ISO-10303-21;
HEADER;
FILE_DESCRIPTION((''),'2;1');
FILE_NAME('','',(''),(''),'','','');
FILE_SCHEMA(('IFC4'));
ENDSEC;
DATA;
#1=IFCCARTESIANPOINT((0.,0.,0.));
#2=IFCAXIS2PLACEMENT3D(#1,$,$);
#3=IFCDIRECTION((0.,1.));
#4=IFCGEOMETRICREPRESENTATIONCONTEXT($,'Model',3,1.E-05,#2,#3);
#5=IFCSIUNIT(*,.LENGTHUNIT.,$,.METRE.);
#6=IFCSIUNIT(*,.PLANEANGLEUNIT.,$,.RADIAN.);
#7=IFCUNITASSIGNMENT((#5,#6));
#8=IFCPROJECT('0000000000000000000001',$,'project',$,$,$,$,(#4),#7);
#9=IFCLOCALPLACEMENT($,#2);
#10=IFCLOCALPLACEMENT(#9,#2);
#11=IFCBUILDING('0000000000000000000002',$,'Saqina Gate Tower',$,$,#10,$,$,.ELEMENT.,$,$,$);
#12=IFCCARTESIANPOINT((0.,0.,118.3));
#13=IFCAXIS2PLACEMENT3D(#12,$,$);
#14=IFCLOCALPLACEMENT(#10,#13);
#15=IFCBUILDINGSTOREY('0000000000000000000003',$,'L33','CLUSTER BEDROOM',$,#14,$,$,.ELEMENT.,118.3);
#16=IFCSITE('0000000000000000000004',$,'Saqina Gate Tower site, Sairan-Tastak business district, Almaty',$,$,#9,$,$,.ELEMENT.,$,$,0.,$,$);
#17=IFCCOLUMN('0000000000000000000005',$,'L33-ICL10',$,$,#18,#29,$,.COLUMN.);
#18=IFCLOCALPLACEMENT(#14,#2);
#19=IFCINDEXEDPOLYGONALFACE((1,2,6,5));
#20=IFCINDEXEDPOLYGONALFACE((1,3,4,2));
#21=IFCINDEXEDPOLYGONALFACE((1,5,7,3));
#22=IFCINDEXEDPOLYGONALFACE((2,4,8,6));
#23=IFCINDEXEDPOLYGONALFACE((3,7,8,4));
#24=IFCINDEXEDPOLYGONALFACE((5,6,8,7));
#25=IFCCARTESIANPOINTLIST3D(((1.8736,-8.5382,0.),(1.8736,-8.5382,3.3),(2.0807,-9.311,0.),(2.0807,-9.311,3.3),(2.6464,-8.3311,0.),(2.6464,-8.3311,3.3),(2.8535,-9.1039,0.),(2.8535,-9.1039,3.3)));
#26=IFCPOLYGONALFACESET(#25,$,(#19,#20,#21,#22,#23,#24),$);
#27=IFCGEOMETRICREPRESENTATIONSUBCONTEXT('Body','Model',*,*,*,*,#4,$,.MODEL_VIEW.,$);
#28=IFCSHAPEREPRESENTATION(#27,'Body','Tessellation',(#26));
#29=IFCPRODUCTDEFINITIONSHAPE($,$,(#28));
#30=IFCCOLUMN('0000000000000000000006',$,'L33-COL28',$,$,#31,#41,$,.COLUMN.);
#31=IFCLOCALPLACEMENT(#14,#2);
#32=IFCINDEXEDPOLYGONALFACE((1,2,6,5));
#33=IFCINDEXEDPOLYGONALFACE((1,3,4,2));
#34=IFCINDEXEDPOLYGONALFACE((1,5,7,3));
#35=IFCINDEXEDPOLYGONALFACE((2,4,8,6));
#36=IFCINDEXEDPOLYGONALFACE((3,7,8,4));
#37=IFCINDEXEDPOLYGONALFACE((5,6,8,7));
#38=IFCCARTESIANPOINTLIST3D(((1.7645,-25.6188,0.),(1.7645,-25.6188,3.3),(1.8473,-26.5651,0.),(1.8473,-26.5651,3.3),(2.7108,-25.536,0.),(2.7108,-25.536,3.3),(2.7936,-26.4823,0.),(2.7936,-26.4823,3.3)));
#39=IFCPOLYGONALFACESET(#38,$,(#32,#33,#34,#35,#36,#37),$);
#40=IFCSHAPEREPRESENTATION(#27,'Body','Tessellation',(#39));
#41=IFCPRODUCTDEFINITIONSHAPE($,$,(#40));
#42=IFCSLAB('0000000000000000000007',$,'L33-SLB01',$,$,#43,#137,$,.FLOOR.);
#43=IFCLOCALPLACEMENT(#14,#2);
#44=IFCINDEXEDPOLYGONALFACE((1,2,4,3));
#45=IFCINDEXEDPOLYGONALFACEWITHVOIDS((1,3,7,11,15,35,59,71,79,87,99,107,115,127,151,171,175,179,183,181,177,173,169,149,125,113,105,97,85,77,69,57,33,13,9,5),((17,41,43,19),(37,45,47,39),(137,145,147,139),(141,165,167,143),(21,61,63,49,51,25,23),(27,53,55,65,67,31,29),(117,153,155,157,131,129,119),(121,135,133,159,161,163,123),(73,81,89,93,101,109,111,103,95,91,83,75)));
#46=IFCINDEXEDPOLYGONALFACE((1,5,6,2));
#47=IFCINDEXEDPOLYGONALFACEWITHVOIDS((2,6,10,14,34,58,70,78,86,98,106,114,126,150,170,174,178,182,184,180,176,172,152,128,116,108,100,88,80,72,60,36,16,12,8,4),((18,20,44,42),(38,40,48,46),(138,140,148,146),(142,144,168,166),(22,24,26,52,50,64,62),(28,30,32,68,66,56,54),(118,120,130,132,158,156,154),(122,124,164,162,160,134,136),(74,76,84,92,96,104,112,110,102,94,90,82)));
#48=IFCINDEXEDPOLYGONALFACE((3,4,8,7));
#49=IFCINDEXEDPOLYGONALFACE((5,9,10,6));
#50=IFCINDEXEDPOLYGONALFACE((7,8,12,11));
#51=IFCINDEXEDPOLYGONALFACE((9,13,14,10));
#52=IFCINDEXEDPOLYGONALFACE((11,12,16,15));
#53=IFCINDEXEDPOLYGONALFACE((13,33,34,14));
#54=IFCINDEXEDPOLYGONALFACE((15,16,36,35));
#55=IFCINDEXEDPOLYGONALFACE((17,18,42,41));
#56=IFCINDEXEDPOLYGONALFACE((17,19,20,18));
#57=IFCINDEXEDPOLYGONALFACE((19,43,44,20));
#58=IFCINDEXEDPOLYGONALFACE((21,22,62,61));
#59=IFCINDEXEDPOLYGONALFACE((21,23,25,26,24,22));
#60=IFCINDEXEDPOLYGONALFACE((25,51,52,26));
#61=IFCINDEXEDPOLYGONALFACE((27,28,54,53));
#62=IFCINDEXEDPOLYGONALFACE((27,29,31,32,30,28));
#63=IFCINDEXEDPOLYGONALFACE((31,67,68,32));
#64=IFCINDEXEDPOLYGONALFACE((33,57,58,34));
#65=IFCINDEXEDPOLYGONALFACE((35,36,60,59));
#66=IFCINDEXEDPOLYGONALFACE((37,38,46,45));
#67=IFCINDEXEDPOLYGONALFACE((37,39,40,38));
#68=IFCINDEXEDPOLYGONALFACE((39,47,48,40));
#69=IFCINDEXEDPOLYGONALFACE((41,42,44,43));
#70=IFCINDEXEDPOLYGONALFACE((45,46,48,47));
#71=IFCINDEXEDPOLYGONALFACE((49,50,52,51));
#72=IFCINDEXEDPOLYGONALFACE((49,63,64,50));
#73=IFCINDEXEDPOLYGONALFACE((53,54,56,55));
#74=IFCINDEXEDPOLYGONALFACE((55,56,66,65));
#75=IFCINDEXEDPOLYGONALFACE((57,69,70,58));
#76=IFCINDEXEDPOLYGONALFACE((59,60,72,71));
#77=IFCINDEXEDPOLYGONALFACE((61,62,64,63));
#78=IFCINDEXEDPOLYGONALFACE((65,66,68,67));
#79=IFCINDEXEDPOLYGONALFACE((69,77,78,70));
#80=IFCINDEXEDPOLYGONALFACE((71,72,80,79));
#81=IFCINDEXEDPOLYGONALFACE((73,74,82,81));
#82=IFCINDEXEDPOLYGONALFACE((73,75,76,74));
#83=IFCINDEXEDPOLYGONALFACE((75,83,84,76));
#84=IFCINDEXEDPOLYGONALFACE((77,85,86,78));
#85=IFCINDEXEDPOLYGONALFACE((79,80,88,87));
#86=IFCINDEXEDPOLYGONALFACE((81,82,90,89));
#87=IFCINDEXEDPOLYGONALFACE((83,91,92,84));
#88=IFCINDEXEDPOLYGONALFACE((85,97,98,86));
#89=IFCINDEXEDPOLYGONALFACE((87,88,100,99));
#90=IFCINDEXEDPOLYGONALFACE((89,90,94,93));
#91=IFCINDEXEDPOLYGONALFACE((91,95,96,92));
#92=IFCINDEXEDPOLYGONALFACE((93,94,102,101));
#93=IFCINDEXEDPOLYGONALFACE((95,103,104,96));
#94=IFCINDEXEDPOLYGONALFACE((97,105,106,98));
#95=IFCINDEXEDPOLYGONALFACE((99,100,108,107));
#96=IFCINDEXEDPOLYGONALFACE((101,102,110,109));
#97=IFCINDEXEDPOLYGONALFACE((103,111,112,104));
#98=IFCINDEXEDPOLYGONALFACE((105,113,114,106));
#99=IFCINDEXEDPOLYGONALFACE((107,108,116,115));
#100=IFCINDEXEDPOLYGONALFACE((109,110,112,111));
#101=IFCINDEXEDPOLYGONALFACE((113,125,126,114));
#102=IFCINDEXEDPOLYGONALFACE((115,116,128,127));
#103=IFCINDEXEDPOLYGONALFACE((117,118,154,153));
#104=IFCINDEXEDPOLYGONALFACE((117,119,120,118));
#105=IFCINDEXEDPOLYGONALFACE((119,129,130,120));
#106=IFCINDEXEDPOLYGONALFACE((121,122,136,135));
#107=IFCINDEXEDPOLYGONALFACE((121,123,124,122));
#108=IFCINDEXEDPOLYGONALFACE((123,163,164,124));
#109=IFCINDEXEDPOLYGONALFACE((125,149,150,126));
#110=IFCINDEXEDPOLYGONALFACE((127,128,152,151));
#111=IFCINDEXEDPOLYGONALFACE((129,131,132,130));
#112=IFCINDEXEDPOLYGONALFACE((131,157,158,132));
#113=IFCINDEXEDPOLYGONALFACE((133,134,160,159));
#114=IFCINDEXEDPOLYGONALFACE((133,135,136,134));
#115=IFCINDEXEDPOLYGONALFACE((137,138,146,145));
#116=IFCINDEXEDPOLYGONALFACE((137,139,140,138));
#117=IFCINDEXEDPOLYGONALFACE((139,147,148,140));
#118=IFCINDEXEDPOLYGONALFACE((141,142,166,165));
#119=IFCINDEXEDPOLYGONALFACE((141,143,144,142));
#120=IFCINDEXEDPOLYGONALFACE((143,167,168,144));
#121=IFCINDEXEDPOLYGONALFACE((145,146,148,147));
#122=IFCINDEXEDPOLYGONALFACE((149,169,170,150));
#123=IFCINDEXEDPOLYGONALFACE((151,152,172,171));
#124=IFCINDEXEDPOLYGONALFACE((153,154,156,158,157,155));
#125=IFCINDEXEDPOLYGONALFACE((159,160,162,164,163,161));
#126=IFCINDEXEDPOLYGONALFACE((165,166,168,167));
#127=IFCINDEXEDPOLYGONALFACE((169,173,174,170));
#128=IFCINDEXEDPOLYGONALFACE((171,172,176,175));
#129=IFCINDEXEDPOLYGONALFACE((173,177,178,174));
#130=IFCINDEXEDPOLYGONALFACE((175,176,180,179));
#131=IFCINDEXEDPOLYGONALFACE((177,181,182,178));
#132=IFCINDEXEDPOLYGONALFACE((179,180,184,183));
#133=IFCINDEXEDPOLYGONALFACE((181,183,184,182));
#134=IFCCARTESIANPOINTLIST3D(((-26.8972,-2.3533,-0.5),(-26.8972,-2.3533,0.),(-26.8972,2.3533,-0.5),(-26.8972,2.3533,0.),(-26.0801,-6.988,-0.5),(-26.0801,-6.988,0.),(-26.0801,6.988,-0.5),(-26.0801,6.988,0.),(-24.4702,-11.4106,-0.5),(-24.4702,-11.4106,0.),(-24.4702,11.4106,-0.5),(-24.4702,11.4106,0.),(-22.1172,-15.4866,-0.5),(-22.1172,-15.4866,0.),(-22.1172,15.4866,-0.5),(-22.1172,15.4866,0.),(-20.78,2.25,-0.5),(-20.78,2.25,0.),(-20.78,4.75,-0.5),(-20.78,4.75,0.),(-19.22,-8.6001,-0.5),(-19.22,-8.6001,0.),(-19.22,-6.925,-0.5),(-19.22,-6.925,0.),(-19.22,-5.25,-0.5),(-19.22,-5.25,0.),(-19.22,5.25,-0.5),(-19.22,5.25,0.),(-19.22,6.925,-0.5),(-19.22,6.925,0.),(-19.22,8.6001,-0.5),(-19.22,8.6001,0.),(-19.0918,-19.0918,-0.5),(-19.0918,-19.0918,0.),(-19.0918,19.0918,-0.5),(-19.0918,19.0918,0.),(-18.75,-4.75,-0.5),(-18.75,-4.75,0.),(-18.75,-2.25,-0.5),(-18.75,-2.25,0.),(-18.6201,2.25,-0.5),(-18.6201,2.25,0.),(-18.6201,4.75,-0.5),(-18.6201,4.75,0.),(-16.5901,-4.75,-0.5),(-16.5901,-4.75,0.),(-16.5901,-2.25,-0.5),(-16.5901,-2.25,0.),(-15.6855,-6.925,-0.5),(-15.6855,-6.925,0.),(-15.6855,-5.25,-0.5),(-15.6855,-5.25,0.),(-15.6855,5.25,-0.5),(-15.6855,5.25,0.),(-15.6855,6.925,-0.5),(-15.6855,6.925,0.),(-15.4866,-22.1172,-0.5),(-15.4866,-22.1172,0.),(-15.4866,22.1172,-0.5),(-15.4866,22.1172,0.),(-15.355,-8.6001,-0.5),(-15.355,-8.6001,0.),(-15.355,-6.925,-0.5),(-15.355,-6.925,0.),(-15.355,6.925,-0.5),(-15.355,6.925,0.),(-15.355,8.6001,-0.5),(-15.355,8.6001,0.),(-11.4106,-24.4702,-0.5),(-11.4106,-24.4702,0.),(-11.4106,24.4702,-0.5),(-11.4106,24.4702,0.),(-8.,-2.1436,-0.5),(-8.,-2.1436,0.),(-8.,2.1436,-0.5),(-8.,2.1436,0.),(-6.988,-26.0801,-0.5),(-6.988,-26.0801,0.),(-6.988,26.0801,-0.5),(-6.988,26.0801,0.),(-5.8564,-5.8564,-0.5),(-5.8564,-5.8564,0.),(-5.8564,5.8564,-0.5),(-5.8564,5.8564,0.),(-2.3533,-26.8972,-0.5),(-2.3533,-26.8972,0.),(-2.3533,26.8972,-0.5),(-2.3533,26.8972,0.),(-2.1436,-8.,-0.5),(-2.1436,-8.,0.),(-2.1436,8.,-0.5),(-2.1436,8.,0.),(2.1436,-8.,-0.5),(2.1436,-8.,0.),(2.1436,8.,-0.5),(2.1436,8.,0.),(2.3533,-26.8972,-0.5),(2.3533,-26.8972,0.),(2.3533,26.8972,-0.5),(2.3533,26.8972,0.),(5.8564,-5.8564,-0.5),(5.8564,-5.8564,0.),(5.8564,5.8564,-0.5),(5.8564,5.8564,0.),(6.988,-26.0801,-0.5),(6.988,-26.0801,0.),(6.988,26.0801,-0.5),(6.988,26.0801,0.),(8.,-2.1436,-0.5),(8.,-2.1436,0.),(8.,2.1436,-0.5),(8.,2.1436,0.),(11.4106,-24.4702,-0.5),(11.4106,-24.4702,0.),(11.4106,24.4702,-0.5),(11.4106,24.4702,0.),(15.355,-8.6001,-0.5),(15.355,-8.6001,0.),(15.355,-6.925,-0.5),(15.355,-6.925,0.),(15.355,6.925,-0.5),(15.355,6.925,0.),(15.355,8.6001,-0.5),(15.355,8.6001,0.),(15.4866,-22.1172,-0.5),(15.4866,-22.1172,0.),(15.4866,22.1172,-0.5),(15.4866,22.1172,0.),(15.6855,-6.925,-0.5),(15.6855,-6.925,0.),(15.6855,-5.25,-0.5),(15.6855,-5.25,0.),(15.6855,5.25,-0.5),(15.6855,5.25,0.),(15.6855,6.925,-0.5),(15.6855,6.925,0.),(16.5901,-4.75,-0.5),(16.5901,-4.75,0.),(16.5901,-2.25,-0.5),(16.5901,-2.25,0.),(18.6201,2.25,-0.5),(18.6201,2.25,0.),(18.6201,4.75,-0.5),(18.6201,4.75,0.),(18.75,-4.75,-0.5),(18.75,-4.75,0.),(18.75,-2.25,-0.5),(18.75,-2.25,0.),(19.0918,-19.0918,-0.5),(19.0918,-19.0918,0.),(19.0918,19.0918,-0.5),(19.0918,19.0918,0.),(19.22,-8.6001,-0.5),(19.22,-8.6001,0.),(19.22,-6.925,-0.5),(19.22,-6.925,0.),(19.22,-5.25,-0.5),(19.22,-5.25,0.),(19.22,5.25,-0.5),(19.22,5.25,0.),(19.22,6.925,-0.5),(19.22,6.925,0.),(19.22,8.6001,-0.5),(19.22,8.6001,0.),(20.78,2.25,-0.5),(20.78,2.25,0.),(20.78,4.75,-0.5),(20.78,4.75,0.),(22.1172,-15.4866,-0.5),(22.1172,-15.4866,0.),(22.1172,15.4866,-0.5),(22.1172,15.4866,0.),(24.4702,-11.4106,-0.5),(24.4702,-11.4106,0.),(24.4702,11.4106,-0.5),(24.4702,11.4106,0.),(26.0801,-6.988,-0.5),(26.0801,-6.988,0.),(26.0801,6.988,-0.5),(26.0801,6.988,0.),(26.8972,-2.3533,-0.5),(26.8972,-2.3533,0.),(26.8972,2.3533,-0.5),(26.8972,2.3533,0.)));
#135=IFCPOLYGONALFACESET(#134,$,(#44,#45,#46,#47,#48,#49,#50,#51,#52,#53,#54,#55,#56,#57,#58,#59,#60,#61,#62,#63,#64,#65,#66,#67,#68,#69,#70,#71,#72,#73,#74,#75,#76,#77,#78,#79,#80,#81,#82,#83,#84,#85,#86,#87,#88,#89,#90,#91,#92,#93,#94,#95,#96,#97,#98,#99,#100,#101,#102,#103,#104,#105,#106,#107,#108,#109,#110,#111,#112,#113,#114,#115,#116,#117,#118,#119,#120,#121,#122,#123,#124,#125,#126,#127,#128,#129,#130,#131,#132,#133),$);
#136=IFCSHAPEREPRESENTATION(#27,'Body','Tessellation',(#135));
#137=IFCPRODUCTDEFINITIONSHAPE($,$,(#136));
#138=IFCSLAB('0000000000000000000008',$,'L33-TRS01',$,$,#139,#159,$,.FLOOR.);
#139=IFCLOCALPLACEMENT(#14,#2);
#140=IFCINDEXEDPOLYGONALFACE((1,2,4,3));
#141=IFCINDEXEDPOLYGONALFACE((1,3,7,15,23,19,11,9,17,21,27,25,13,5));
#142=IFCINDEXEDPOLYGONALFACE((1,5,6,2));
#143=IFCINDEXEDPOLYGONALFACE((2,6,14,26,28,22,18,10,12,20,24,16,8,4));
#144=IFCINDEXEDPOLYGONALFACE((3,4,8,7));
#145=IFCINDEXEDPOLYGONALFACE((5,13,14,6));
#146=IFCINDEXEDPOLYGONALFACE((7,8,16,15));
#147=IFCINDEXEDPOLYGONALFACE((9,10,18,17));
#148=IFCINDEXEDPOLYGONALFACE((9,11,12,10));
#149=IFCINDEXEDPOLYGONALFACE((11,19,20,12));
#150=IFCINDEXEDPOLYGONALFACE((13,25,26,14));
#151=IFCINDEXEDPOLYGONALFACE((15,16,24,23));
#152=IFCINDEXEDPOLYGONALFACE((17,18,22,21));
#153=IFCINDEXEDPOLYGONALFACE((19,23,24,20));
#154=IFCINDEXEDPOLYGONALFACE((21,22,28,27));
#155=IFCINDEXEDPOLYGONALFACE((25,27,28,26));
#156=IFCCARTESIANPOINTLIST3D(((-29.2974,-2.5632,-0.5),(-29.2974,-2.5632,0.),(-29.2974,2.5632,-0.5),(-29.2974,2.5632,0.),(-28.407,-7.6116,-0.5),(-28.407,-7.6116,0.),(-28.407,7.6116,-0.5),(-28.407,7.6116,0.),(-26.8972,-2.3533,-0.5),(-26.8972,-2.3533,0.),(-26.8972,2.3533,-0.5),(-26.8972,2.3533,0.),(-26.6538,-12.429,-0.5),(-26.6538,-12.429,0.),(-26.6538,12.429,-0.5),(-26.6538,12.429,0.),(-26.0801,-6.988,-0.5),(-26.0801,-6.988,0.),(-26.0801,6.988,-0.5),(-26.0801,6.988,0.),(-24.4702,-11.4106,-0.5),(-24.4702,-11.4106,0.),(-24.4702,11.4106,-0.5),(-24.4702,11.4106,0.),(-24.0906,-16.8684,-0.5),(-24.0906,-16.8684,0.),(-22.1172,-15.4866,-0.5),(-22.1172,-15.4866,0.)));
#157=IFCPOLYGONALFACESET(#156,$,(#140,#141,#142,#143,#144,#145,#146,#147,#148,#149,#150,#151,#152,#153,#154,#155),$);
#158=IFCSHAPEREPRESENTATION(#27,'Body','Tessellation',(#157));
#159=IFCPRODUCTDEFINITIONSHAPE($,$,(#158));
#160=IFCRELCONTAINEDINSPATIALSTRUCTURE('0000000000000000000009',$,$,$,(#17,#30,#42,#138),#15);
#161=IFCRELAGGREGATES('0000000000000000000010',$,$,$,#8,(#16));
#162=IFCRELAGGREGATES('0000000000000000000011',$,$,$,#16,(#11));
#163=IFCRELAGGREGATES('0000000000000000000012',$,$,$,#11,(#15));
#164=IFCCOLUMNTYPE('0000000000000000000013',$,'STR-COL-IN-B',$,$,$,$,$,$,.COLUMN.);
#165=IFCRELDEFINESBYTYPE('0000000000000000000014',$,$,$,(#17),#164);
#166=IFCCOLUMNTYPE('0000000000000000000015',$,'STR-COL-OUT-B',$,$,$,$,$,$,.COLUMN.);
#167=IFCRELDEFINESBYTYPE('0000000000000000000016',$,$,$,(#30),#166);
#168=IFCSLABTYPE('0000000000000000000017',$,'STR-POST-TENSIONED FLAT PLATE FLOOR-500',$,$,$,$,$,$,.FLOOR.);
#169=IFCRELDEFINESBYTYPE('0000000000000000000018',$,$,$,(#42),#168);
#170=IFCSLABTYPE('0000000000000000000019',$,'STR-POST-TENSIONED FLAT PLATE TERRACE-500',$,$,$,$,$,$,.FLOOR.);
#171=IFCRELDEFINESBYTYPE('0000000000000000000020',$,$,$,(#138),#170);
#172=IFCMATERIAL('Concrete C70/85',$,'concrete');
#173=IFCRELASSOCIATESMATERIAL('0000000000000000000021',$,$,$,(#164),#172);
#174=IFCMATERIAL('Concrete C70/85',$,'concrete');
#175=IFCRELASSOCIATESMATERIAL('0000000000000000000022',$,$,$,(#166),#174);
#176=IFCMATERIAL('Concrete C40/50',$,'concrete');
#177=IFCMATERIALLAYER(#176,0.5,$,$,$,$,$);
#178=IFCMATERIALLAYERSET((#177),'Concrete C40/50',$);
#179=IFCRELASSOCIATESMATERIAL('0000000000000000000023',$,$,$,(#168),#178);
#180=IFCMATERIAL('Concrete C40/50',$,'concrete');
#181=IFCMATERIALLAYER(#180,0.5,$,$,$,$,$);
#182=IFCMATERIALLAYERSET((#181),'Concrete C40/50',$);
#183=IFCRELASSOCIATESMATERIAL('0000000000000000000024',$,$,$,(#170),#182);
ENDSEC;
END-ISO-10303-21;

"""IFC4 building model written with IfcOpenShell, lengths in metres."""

from ifc_helpers import new_model, si_unit, direction, frame, origin, origin_2d, place, context, subcontext, project, spatial, polyline, rectangle, outline, extrude, material, layer, layer_set, material_profile, profile_set, type_object, element, save


model = new_model("IFC4")

# Units and contexts
model_context = context("Model", 3, precision=1e-05, world=origin(), true_north=direction((0.0, 1.0)))
body_context = subcontext(model_context, "Body", "Model", "MODEL_VIEW")
ifc_project = project(units=[si_unit("LENGTHUNIT", "METRE"), si_unit("PLANEANGLEUNIT", "RADIAN")], contexts=[model_context])

# Site, building, storey
site_placement = place(None, origin())
site = spatial("IfcSite", under=ifc_project, at=site_placement, Name="Saqina Gate Tower site, Sairan-Tastak business district, Almaty", CompositionType="ELEMENT", RefElevation=0.0)
building_placement = place(site_placement, origin())
building = spatial("IfcBuilding", under=site, at=building_placement, Name="Saqina Gate Tower", CompositionType="ELEMENT")
storey_placement = place(building_placement, frame((0.0, 0.0, 118.3)))
storey = spatial("IfcBuildingStorey", under=building, at=storey_placement, Name="L33", Description="CLUSTER BEDROOM", CompositionType="ELEMENT", Elevation=118.3)

# Columns
ifc_material_1 = material(Name="Concrete C70/85", Category="concrete")
ifc_material_profile_1 = material_profile(ifc_material_1, rectangle(XDim=0.8, YDim=0.8, at=origin_2d()), Name="RC 800x800")
ifc_profile_set_1 = profile_set([ifc_material_profile_1], Name="Concrete C70/85")
column_type_1 = type_object("IfcColumnType", Name="STR-COL-IN-B", PredefinedType="COLUMN", material=ifc_profile_set_1)
column_1_placement = place(storey_placement, frame((2.3635, -8.821, 0.0), z_axis=(0.0, 0.0, 1.0), x_axis=(0.258819, -0.965926, 0.0)))
element("IfcColumn", 1, at=column_1_placement, inside=storey, type_object=column_type_1, Name="L33-ICL10", PredefinedType="COLUMN", context=body_context, shape_type="SweptSolid", body=[
    extrude(rectangle(XDim=0.8, YDim=0.8, at=origin_2d()), origin(), (0.0, 0.0, 1.0), 3.3),
])
ifc_material_2 = material(Name="Concrete C70/85", Category="concrete")
ifc_material_profile_2 = material_profile(ifc_material_2, rectangle(XDim=0.95, YDim=0.95, at=origin_2d()), Name="RC 950x950")
ifc_profile_set_2 = profile_set([ifc_material_profile_2], Name="Concrete C70/85")
column_type_2 = type_object("IfcColumnType", Name="STR-COL-OUT-B", PredefinedType="COLUMN", material=ifc_profile_set_2)
column_2_placement = place(storey_placement, frame((2.2791, -26.0505, 0.0), z_axis=(0.0, 0.0, 1.0), x_axis=(0.087156, -0.996195, 0.0)))
element("IfcColumn", 2, at=column_2_placement, inside=storey, type_object=column_type_2, Name="L33-COL28", PredefinedType="COLUMN", context=body_context, shape_type="SweptSolid", body=[
    extrude(rectangle(XDim=0.95, YDim=0.95, at=origin_2d()), origin(), (0.0, 0.0, 1.0), 3.3),
])

# Slabs
ifc_material_3 = material(Name="Concrete C40/50", Category="concrete")
ifc_layer_1 = layer(ifc_material_3, 0.5)
ifc_layer_set_1 = layer_set([ifc_layer_1], Name="Concrete C40/50")
slab_type_1 = type_object("IfcSlabType", Name="STR-POST-TENSIONED FLAT PLATE FLOOR-500", PredefinedType="FLOOR", material=ifc_layer_set_1)
slab_1_placement = place(storey_placement, frame((0.0, 0.0, -0.5)))
element("IfcSlab", 3, at=slab_1_placement, inside=storey, type_object=slab_type_1, Name="L33-SLB01", PredefinedType="FLOOR", context=body_context, shape_type="SweptSolid", body=[
    extrude(outline(polyline([(26.0801, -6.988), (26.8972, -2.3533), (26.8972, 2.3533), (26.0801, 6.988), (24.4702, 11.4106), (22.1172, 15.4866), (19.0918, 19.0918), (15.4866, 22.1172), (11.4106, 24.4702), (6.988, 26.0801), (2.3533, 26.8972), (-2.3533, 26.8972), (-6.988, 26.0801), (-11.4106, 24.4702), (-15.4866, 22.1172), (-19.0918, 19.0918), (-22.1172, 15.4866), (-24.4702, 11.4106), (-26.0801, 6.988), (-26.8972, 2.3533), (-26.8972, -2.3533), (-26.0801, -6.988), (-24.4702, -11.4106), (-22.1172, -15.4866), (-19.0918, -19.0918), (-15.4866, -22.1172), (-11.4106, -24.4702), (-6.988, -26.0801), (-2.3533, -26.8972), (2.3533, -26.8972), (6.988, -26.0801), (11.4106, -24.4702), (15.4866, -22.1172), (19.0918, -19.0918), (22.1172, -15.4866), (24.4702, -11.4106), (26.0801, -6.988)]), holes=[polyline([(2.1436, 8.0), (5.8564, 5.8564), (8.0, 2.1436), (8.0, -2.1436), (5.8564, -5.8564), (2.1436, -8.0), (-2.1436, -8.0), (-5.8564, -5.8564), (-8.0, -2.1436), (-8.0, 2.1436), (-5.8564, 5.8564), (-2.1436, 8.0), (2.1436, 8.0)]), polyline([(-15.355, -8.6001), (-19.22, -8.6001), (-19.22, -6.925), (-19.22, -5.25), (-15.6855, -5.25), (-15.6855, -6.925), (-15.355, -6.925), (-15.355, -8.6001)]), polyline([(-16.5901, -2.25), (-16.5901, -4.75), (-18.75, -4.75), (-18.75, -2.25), (-16.5901, -2.25)]), polyline([(-20.78, 4.75), (-18.6201, 4.75), (-18.6201, 2.25), (-20.78, 2.25), (-20.78, 4.75)]), polyline([(-19.22, 6.925), (-19.22, 8.6001), (-15.355, 8.6001), (-15.355, 6.925), (-15.6855, 6.925), (-15.6855, 5.25), (-19.22, 5.25), (-19.22, 6.925)]), polyline([(15.355, -8.6001), (15.355, -6.925), (15.6855, -6.925), (15.6855, -5.25), (19.22, -5.25), (19.22, -6.925), (19.22, -8.6001), (15.355, -8.6001)]), polyline([(18.75, -2.25), (18.75, -4.75), (16.5901, -4.75), (16.5901, -2.25), (18.75, -2.25)]), polyline([(18.6201, 4.75), (20.78, 4.75), (20.78, 2.25), (18.6201, 2.25), (18.6201, 4.75)]), polyline([(15.6855, 6.925), (15.355, 6.925), (15.355, 8.6001), (19.22, 8.6001), (19.22, 6.925), (19.22, 5.25), (15.6855, 5.25), (15.6855, 6.925)])]), origin(), (0.0, 0.0, 1.0), 0.5),
])
ifc_material_4 = material(Name="Concrete C40/50", Category="concrete")
ifc_layer_2 = layer(ifc_material_4, 0.5)
ifc_layer_set_2 = layer_set([ifc_layer_2], Name="Concrete C40/50")
slab_type_2 = type_object("IfcSlabType", Name="STR-POST-TENSIONED FLAT PLATE TERRACE-500", PredefinedType="FLOOR", material=ifc_layer_set_2)
slab_2_placement = place(storey_placement, frame((0.0, 0.0, -0.5)))
element("IfcSlab", 4, at=slab_2_placement, inside=storey, type_object=slab_type_2, Name="L33-TRS01", PredefinedType="FLOOR", context=body_context, shape_type="SweptSolid", body=[
    extrude(outline(polyline([(-24.4702, 11.4106), (-26.0801, 6.988), (-26.8972, 2.3533), (-26.8972, -2.3533), (-26.0801, -6.988), (-24.4702, -11.4106), (-22.1172, -15.4866), (-24.0906, -16.8684), (-26.6538, -12.429), (-28.407, -7.6116), (-29.2974, -2.5632), (-29.2974, 2.5632), (-28.407, 7.6116), (-26.6538, 12.429), (-24.4702, 11.4106)])), origin(), (0.0, 0.0, 1.0), 0.5),
])

save(model, "model.ifc")
